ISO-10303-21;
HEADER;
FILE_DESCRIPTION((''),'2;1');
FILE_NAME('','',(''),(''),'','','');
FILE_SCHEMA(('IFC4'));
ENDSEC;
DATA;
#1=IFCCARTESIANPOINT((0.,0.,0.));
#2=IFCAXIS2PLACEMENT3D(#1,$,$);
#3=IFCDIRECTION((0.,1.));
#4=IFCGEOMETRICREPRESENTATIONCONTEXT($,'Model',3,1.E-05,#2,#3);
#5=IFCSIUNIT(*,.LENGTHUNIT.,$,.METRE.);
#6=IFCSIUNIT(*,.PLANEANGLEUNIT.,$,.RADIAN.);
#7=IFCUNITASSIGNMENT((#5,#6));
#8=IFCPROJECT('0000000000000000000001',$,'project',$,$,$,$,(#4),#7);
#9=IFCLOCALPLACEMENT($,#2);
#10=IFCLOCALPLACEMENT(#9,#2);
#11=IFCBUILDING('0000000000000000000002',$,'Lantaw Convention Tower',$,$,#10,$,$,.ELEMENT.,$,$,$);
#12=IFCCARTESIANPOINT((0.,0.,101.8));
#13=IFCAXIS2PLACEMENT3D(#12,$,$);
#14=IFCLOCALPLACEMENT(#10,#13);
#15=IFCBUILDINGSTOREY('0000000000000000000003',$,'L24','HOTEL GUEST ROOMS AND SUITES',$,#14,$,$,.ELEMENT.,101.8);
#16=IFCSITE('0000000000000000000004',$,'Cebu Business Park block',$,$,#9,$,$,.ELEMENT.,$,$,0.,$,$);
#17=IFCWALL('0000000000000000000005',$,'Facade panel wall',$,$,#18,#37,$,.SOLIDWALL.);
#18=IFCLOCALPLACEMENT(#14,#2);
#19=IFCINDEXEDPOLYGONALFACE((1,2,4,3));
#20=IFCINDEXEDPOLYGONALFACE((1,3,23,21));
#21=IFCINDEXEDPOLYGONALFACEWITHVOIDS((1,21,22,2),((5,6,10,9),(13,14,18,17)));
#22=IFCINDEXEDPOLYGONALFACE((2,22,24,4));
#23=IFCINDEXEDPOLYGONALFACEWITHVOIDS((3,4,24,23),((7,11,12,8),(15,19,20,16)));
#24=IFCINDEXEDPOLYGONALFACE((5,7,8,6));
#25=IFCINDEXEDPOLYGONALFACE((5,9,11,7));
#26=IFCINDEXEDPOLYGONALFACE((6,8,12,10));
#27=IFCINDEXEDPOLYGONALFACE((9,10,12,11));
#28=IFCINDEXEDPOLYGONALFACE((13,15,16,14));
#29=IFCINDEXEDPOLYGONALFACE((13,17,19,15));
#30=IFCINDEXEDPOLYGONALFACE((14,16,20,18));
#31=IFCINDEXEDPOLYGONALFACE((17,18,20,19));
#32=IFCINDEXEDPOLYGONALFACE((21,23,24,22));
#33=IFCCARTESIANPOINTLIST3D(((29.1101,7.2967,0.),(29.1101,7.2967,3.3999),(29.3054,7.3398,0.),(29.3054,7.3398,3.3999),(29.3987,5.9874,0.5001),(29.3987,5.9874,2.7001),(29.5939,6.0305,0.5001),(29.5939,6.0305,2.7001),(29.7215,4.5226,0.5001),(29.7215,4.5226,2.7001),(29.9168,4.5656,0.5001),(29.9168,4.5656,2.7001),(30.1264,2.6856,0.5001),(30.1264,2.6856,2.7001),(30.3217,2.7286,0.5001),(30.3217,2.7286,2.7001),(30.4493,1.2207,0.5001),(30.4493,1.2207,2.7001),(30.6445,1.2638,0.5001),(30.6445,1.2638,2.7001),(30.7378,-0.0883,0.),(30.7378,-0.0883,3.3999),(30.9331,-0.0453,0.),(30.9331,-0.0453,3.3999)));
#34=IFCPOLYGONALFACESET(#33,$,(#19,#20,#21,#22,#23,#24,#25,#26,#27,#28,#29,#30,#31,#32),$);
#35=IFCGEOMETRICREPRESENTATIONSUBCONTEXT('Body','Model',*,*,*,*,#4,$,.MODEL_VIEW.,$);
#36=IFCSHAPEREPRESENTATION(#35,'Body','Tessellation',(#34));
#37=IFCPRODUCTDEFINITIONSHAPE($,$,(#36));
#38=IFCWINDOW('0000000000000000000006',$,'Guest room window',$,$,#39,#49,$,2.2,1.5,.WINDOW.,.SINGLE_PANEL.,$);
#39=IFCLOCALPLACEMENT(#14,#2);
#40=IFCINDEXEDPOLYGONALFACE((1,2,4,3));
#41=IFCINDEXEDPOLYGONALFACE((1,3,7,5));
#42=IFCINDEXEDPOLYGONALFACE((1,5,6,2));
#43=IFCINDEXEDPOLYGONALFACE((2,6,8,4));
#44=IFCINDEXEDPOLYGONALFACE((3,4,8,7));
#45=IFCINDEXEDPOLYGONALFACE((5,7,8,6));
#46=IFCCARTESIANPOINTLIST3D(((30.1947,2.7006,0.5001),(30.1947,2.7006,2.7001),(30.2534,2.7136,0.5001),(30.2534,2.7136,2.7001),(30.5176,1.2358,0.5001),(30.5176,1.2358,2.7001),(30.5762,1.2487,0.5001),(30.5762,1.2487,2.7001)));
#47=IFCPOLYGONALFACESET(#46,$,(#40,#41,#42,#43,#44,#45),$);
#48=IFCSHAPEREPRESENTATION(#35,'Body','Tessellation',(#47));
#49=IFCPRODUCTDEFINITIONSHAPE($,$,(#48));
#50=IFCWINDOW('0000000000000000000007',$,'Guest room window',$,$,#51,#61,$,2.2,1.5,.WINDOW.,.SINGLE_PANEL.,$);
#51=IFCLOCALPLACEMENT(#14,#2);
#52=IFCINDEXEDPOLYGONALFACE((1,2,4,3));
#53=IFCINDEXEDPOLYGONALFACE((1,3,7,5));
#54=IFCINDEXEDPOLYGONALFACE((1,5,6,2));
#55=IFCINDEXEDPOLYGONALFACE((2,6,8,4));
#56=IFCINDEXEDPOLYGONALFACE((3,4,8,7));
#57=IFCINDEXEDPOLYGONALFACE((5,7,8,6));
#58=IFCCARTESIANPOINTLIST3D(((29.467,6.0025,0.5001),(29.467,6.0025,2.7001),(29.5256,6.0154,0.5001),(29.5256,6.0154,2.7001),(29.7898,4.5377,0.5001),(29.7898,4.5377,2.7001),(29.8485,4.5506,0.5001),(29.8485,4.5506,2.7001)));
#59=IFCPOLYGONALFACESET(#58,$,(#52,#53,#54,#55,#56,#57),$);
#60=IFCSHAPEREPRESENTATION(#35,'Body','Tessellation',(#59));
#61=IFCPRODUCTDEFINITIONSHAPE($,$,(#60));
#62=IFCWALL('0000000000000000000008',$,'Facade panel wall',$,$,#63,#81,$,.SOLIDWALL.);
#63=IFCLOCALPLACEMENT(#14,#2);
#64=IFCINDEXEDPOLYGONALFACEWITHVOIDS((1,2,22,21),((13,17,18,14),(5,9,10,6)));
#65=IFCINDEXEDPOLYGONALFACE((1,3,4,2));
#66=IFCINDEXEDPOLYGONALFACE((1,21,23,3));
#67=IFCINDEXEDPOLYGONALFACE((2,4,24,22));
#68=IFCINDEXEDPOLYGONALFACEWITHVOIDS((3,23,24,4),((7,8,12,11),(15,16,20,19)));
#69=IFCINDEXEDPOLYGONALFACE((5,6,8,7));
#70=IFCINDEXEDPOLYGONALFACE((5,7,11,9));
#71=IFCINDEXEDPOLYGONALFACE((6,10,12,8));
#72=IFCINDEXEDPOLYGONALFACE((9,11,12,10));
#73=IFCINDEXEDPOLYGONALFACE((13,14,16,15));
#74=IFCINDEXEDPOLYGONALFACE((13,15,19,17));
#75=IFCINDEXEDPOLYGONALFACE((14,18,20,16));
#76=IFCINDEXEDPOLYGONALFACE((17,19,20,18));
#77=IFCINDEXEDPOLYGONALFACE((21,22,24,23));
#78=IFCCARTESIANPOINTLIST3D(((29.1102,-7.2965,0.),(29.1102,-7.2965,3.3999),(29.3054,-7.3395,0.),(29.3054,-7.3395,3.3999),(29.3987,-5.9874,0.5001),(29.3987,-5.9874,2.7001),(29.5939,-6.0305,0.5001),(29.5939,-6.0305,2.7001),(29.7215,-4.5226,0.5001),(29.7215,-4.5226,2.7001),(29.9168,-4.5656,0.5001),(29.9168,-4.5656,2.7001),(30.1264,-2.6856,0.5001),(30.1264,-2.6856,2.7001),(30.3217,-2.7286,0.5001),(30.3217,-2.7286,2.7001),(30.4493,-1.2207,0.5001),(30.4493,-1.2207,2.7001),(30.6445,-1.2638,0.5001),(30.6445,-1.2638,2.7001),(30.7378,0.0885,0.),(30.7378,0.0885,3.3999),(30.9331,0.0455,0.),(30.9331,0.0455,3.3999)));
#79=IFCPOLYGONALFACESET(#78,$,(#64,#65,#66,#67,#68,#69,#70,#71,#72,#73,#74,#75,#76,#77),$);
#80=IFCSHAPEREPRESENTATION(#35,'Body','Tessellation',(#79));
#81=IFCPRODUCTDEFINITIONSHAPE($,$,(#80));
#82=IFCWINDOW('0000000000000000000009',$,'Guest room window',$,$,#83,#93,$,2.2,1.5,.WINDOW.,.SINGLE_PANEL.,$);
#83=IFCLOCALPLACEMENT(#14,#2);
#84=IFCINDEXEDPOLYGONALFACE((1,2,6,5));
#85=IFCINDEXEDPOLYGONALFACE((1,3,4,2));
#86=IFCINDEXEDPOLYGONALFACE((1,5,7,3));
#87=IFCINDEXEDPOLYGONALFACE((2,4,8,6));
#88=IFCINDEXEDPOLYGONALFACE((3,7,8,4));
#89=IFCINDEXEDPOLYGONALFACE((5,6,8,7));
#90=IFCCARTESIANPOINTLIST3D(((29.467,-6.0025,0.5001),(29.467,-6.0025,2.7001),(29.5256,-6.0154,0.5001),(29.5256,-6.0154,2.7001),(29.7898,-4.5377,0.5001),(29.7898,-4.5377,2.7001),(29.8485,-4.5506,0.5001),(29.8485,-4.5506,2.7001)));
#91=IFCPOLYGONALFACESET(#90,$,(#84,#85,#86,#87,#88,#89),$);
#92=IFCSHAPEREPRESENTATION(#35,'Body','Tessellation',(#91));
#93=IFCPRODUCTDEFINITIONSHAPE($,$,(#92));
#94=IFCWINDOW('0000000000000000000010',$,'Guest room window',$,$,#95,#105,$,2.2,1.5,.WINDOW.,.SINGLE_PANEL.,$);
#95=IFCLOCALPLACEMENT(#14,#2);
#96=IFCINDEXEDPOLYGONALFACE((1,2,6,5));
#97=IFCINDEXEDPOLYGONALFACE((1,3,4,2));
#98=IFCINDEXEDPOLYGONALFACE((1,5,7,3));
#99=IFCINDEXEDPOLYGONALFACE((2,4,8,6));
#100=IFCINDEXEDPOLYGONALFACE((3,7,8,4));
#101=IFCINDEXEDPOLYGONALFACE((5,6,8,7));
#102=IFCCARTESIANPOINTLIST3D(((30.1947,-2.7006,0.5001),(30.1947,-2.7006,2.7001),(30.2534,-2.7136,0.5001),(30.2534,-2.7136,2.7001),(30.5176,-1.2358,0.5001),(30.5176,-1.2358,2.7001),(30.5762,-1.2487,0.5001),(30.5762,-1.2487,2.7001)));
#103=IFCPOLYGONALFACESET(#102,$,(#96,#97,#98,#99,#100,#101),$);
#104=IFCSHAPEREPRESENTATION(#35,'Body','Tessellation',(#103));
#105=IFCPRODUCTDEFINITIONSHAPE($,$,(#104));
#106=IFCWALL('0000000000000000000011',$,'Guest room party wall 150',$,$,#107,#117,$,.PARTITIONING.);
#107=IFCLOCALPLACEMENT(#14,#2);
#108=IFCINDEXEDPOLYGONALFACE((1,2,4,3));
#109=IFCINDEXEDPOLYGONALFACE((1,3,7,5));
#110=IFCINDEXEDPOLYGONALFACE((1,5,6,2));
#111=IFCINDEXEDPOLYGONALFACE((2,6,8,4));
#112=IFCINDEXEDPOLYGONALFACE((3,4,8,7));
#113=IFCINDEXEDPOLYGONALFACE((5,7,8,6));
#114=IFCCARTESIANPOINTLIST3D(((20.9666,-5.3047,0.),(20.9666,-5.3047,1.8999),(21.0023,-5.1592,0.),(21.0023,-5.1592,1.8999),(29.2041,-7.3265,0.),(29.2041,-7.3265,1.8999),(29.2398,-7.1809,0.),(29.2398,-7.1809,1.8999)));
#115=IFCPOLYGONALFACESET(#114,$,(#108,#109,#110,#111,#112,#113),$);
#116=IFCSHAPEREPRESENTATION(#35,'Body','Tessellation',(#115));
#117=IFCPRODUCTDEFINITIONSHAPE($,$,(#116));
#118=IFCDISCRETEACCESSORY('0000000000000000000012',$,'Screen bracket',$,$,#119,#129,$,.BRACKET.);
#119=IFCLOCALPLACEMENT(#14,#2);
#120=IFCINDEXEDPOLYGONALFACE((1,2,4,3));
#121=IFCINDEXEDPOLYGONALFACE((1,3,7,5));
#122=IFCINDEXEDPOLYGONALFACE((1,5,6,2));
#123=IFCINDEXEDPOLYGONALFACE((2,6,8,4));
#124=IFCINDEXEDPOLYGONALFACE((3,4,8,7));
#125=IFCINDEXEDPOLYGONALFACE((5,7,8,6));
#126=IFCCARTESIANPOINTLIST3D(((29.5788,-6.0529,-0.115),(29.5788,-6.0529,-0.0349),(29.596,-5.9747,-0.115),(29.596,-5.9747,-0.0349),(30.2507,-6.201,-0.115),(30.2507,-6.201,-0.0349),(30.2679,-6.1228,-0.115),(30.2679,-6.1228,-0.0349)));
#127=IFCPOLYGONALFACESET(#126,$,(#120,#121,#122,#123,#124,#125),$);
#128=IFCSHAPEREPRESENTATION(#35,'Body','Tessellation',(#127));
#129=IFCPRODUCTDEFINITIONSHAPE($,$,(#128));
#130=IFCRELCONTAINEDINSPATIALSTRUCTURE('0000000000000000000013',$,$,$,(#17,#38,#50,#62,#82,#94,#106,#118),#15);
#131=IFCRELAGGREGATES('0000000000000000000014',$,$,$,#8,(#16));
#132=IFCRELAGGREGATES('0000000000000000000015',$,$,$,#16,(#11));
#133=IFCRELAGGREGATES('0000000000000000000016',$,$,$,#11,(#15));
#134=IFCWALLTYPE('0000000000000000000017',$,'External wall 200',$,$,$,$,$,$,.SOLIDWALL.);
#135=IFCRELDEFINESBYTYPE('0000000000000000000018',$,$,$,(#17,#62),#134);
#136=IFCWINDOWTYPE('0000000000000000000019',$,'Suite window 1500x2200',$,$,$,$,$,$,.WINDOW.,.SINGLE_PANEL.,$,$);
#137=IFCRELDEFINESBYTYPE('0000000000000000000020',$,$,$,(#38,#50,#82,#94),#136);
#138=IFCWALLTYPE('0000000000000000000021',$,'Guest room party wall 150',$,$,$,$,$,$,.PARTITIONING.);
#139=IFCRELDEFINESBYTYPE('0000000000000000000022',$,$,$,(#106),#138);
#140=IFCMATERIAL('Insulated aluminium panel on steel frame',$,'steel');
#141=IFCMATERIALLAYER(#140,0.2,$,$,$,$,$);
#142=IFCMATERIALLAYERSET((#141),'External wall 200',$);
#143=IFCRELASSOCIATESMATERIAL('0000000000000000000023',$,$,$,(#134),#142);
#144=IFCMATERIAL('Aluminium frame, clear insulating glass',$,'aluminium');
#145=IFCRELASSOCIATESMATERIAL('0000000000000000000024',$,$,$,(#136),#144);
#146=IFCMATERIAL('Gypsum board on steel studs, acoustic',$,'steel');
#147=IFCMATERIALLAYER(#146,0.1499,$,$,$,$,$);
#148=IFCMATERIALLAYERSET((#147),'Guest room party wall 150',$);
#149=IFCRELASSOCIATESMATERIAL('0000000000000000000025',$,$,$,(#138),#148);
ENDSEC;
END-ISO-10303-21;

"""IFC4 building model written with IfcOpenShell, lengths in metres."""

from ifc_helpers import new_model, si_unit, direction, frame, frame_2d, origin, origin_2d, place, context, subcontext, project, spatial, rectangle, extrude, material, layer, layer_set, type_object, element, fill, save


model = new_model("IFC4")

# Units and contexts
model_context = context("Model", 3, precision=1e-05, world=origin(), true_north=direction((0.0, 1.0)))
body_context = subcontext(model_context, "Body", "Model", "MODEL_VIEW")
ifc_project = project(units=[si_unit("LENGTHUNIT", "METRE"), si_unit("PLANEANGLEUNIT", "RADIAN")], contexts=[model_context])

# Site, building, storey
site_placement = place(None, origin())
site = spatial("IfcSite", under=ifc_project, at=site_placement, Name="Cebu Business Park block", CompositionType="ELEMENT", RefElevation=0.0)
building_placement = place(site_placement, origin())
building = spatial("IfcBuilding", under=site, at=building_placement, Name="Lantaw Convention Tower", CompositionType="ELEMENT")
storey_placement = place(building_placement, frame((0.0, 0.0, 101.8)))
storey = spatial("IfcBuildingStorey", under=building, at=storey_placement, Name="L24", Description="HOTEL GUEST ROOMS AND SUITES", CompositionType="ELEMENT", Elevation=101.8)

# Walls, openings, windows
ifc_material_1 = material(Name="Insulated aluminium panel on steel frame", Category="steel")
ifc_layer_1 = layer(ifc_material_1, 0.2)
ifc_layer_set_1 = layer_set([ifc_layer_1], Name="External wall 200")
wall_type_1 = type_object("IfcWallType", Name="External wall 200", PredefinedType="SOLIDWALL", material=ifc_layer_set_1)
wall_1_placement = place(storey_placement, frame((30.8354, -0.0669, 0.0), z_axis=(0.0, 0.0, 1.0), x_axis=(-0.215238, 0.976562, 0.0)))
wall_1 = element("IfcWall", 1, at=wall_1_placement, inside=storey, type_object=wall_type_1, Name="Facade panel wall", PredefinedType="SOLIDWALL", context=body_context, shape_type="SweptSolid", body=[
    extrude(rectangle(XDim=7.5623, YDim=0.2, at=frame_2d((3.7812, 0.0))), origin(), (0.0, 0.0, 1.0), 3.3999),
])
opening_1_placement = place(wall_1_placement, frame((1.3406, 0.0, 0.5)))
opening_1 = element("IfcOpeningElement", 2, at=opening_1_placement, cuts=wall_1, PredefinedType="OPENING", context=body_context, shape_type="SweptSolid", body=[
    extrude(rectangle(XDim=1.5, YDim=2.2, at=frame_2d((0.75, 1.1001))), frame((0.0, 0.1099, 0.0), z_axis=(0.0, -1.0, 0.0), x_axis=(1.0, 0.0, 0.0)), (0.0, 0.0, 1.0), 0.22),
])
opening_2_placement = place(wall_1_placement, frame((4.7217, 0.0, 0.5)))
opening_2 = element("IfcOpeningElement", 3, at=opening_2_placement, cuts=wall_1, PredefinedType="OPENING", context=body_context, shape_type="SweptSolid", body=[
    extrude(rectangle(XDim=1.5, YDim=2.2, at=frame_2d((0.75, 1.1001))), frame((0.0, 0.1099, 0.0), z_axis=(0.0, -1.0, 0.0), x_axis=(1.0, 0.0, 0.0)), (0.0, 0.0, 1.0), 0.22),
])
ifc_material_2 = material(Name="Aluminium frame, clear insulating glass", Category="aluminium")
window_type = type_object("IfcWindowType", Name="Suite window 1500x2200", PartitioningType="SINGLE_PANEL", PredefinedType="WINDOW", material=ifc_material_2)
window_1_placement = place(opening_1_placement, origin())
window_1 = element("IfcWindow", 4, at=window_1_placement, inside=storey, type_object=window_type, Name="Guest room window", OverallHeight=2.2, OverallWidth=1.5, PartitioningType="SINGLE_PANEL", PredefinedType="WINDOW", context=body_context, shape_type="SweptSolid", body=[
    extrude(rectangle(XDim=1.5, YDim=2.2, at=frame_2d((0.75, 1.1001))), frame((0.0, 0.03, 0.0), z_axis=(0.0, -1.0, 0.0), x_axis=(1.0, 0.0, 0.0)), (0.0, 0.0, 1.0), 0.0601),
])
fill(opening_1, window_1)
window_2_placement = place(opening_2_placement, origin())
window_2 = element("IfcWindow", 5, at=window_2_placement, inside=storey, type_object=window_type, Name="Guest room window", OverallHeight=2.2, OverallWidth=1.5, PartitioningType="SINGLE_PANEL", PredefinedType="WINDOW", context=body_context, shape_type="SweptSolid", body=[
    extrude(rectangle(XDim=1.5, YDim=2.2, at=frame_2d((0.75, 1.1001))), frame((0.0, 0.03, 0.0), z_axis=(0.0, -1.0, 0.0), x_axis=(1.0, 0.0, 0.0)), (0.0, 0.0, 1.0), 0.0601),
])
fill(opening_2, window_2)
wall_2_placement = place(storey_placement, frame((29.2078, -7.3181, 0.0), z_axis=(0.0, 0.0, 1.0), x_axis=(0.215238, 0.976562, 0.0)))
wall_2 = element("IfcWall", 6, at=wall_2_placement, inside=storey, type_object=wall_type_1, Name="Facade panel wall", PredefinedType="SOLIDWALL", context=body_context, shape_type="SweptSolid", body=[
    extrude(rectangle(XDim=7.5623, YDim=0.2, at=frame_2d((3.7812, 0.0))), origin(), (0.0, 0.0, 1.0), 3.3999),
])
opening_3_placement = place(wall_2_placement, frame((1.3406, 0.0, 0.5)))
opening_3 = element("IfcOpeningElement", 7, at=opening_3_placement, cuts=wall_2, PredefinedType="OPENING", context=body_context, shape_type="SweptSolid", body=[
    extrude(rectangle(XDim=1.5, YDim=2.2, at=frame_2d((0.75, 1.1001))), frame((0.0, 0.1099, 0.0), z_axis=(0.0, -1.0, 0.0), x_axis=(1.0, 0.0, 0.0)), (0.0, 0.0, 1.0), 0.22),
])
opening_4_placement = place(wall_2_placement, frame((4.7217, 0.0, 0.5)))
opening_4 = element("IfcOpeningElement", 8, at=opening_4_placement, cuts=wall_2, PredefinedType="OPENING", context=body_context, shape_type="SweptSolid", body=[
    extrude(rectangle(XDim=1.5, YDim=2.2, at=frame_2d((0.75, 1.1001))), frame((0.0, 0.1099, 0.0), z_axis=(0.0, -1.0, 0.0), x_axis=(1.0, 0.0, 0.0)), (0.0, 0.0, 1.0), 0.22),
])
window_3_placement = place(opening_3_placement, origin())
window_3 = element("IfcWindow", 9, at=window_3_placement, inside=storey, type_object=window_type, Name="Guest room window", OverallHeight=2.2, OverallWidth=1.5, PartitioningType="SINGLE_PANEL", PredefinedType="WINDOW", context=body_context, shape_type="SweptSolid", body=[
    extrude(rectangle(XDim=1.5, YDim=2.2, at=frame_2d((0.75, 1.1001))), frame((0.0, 0.03, 0.0), z_axis=(0.0, -1.0, 0.0), x_axis=(1.0, 0.0, 0.0)), (0.0, 0.0, 1.0), 0.0601),
])
fill(opening_3, window_3)
window_4_placement = place(opening_4_placement, origin())
window_4 = element("IfcWindow", 10, at=window_4_placement, inside=storey, type_object=window_type, Name="Guest room window", OverallHeight=2.2, OverallWidth=1.5, PartitioningType="SINGLE_PANEL", PredefinedType="WINDOW", context=body_context, shape_type="SweptSolid", body=[
    extrude(rectangle(XDim=1.5, YDim=2.2, at=frame_2d((0.75, 1.1001))), frame((0.0, 0.03, 0.0), z_axis=(0.0, -1.0, 0.0), x_axis=(1.0, 0.0, 0.0)), (0.0, 0.0, 1.0), 0.0601),
])
fill(opening_4, window_4)

# Wall
ifc_material_3 = material(Name="Gypsum board on steel studs, acoustic", Category="steel")
ifc_layer_2 = layer(ifc_material_3, 0.1499)
ifc_layer_set_2 = layer_set([ifc_layer_2], Name="Guest room party wall 150")
wall_type_2 = type_object("IfcWallType", Name="Guest room party wall 150", PredefinedType="PARTITIONING", material=ifc_layer_set_2)
wall_3_placement = place(storey_placement, frame((29.2219, -7.2537, 0.0), z_axis=(0.0, 0.0, 1.0), x_axis=(-0.971178, 0.238355, 0.0)))
element("IfcWall", 11, at=wall_3_placement, inside=storey, type_object=wall_type_2, Name="Guest room party wall 150", PredefinedType="PARTITIONING", context=body_context, shape_type="SweptSolid", body=[
    extrude(rectangle(XDim=8.4819, YDim=0.1499, at=frame_2d((4.241, 0.0))), origin(), (0.0, 0.0, 1.0), 1.8999),
])

# Discrete accessory
discrete_accessory_placement = place(storey_placement, frame((29.9233, -6.0879, -0.115), z_axis=(0.0, 0.0, 1.0), x_axis=(0.215246, 0.97656, 0.0)))
element("IfcDiscreteAccessory", 12, at=discrete_accessory_placement, inside=storey, Name="Screen bracket", PredefinedType="BRACKET", context=body_context, shape_type="SweptSolid", body=[
    extrude(rectangle(XDim=0.0801, YDim=0.688, at=origin_2d()), origin(), (0.0, 0.0, 1.0), 0.0801),
])

save(model, "model.ifc")
